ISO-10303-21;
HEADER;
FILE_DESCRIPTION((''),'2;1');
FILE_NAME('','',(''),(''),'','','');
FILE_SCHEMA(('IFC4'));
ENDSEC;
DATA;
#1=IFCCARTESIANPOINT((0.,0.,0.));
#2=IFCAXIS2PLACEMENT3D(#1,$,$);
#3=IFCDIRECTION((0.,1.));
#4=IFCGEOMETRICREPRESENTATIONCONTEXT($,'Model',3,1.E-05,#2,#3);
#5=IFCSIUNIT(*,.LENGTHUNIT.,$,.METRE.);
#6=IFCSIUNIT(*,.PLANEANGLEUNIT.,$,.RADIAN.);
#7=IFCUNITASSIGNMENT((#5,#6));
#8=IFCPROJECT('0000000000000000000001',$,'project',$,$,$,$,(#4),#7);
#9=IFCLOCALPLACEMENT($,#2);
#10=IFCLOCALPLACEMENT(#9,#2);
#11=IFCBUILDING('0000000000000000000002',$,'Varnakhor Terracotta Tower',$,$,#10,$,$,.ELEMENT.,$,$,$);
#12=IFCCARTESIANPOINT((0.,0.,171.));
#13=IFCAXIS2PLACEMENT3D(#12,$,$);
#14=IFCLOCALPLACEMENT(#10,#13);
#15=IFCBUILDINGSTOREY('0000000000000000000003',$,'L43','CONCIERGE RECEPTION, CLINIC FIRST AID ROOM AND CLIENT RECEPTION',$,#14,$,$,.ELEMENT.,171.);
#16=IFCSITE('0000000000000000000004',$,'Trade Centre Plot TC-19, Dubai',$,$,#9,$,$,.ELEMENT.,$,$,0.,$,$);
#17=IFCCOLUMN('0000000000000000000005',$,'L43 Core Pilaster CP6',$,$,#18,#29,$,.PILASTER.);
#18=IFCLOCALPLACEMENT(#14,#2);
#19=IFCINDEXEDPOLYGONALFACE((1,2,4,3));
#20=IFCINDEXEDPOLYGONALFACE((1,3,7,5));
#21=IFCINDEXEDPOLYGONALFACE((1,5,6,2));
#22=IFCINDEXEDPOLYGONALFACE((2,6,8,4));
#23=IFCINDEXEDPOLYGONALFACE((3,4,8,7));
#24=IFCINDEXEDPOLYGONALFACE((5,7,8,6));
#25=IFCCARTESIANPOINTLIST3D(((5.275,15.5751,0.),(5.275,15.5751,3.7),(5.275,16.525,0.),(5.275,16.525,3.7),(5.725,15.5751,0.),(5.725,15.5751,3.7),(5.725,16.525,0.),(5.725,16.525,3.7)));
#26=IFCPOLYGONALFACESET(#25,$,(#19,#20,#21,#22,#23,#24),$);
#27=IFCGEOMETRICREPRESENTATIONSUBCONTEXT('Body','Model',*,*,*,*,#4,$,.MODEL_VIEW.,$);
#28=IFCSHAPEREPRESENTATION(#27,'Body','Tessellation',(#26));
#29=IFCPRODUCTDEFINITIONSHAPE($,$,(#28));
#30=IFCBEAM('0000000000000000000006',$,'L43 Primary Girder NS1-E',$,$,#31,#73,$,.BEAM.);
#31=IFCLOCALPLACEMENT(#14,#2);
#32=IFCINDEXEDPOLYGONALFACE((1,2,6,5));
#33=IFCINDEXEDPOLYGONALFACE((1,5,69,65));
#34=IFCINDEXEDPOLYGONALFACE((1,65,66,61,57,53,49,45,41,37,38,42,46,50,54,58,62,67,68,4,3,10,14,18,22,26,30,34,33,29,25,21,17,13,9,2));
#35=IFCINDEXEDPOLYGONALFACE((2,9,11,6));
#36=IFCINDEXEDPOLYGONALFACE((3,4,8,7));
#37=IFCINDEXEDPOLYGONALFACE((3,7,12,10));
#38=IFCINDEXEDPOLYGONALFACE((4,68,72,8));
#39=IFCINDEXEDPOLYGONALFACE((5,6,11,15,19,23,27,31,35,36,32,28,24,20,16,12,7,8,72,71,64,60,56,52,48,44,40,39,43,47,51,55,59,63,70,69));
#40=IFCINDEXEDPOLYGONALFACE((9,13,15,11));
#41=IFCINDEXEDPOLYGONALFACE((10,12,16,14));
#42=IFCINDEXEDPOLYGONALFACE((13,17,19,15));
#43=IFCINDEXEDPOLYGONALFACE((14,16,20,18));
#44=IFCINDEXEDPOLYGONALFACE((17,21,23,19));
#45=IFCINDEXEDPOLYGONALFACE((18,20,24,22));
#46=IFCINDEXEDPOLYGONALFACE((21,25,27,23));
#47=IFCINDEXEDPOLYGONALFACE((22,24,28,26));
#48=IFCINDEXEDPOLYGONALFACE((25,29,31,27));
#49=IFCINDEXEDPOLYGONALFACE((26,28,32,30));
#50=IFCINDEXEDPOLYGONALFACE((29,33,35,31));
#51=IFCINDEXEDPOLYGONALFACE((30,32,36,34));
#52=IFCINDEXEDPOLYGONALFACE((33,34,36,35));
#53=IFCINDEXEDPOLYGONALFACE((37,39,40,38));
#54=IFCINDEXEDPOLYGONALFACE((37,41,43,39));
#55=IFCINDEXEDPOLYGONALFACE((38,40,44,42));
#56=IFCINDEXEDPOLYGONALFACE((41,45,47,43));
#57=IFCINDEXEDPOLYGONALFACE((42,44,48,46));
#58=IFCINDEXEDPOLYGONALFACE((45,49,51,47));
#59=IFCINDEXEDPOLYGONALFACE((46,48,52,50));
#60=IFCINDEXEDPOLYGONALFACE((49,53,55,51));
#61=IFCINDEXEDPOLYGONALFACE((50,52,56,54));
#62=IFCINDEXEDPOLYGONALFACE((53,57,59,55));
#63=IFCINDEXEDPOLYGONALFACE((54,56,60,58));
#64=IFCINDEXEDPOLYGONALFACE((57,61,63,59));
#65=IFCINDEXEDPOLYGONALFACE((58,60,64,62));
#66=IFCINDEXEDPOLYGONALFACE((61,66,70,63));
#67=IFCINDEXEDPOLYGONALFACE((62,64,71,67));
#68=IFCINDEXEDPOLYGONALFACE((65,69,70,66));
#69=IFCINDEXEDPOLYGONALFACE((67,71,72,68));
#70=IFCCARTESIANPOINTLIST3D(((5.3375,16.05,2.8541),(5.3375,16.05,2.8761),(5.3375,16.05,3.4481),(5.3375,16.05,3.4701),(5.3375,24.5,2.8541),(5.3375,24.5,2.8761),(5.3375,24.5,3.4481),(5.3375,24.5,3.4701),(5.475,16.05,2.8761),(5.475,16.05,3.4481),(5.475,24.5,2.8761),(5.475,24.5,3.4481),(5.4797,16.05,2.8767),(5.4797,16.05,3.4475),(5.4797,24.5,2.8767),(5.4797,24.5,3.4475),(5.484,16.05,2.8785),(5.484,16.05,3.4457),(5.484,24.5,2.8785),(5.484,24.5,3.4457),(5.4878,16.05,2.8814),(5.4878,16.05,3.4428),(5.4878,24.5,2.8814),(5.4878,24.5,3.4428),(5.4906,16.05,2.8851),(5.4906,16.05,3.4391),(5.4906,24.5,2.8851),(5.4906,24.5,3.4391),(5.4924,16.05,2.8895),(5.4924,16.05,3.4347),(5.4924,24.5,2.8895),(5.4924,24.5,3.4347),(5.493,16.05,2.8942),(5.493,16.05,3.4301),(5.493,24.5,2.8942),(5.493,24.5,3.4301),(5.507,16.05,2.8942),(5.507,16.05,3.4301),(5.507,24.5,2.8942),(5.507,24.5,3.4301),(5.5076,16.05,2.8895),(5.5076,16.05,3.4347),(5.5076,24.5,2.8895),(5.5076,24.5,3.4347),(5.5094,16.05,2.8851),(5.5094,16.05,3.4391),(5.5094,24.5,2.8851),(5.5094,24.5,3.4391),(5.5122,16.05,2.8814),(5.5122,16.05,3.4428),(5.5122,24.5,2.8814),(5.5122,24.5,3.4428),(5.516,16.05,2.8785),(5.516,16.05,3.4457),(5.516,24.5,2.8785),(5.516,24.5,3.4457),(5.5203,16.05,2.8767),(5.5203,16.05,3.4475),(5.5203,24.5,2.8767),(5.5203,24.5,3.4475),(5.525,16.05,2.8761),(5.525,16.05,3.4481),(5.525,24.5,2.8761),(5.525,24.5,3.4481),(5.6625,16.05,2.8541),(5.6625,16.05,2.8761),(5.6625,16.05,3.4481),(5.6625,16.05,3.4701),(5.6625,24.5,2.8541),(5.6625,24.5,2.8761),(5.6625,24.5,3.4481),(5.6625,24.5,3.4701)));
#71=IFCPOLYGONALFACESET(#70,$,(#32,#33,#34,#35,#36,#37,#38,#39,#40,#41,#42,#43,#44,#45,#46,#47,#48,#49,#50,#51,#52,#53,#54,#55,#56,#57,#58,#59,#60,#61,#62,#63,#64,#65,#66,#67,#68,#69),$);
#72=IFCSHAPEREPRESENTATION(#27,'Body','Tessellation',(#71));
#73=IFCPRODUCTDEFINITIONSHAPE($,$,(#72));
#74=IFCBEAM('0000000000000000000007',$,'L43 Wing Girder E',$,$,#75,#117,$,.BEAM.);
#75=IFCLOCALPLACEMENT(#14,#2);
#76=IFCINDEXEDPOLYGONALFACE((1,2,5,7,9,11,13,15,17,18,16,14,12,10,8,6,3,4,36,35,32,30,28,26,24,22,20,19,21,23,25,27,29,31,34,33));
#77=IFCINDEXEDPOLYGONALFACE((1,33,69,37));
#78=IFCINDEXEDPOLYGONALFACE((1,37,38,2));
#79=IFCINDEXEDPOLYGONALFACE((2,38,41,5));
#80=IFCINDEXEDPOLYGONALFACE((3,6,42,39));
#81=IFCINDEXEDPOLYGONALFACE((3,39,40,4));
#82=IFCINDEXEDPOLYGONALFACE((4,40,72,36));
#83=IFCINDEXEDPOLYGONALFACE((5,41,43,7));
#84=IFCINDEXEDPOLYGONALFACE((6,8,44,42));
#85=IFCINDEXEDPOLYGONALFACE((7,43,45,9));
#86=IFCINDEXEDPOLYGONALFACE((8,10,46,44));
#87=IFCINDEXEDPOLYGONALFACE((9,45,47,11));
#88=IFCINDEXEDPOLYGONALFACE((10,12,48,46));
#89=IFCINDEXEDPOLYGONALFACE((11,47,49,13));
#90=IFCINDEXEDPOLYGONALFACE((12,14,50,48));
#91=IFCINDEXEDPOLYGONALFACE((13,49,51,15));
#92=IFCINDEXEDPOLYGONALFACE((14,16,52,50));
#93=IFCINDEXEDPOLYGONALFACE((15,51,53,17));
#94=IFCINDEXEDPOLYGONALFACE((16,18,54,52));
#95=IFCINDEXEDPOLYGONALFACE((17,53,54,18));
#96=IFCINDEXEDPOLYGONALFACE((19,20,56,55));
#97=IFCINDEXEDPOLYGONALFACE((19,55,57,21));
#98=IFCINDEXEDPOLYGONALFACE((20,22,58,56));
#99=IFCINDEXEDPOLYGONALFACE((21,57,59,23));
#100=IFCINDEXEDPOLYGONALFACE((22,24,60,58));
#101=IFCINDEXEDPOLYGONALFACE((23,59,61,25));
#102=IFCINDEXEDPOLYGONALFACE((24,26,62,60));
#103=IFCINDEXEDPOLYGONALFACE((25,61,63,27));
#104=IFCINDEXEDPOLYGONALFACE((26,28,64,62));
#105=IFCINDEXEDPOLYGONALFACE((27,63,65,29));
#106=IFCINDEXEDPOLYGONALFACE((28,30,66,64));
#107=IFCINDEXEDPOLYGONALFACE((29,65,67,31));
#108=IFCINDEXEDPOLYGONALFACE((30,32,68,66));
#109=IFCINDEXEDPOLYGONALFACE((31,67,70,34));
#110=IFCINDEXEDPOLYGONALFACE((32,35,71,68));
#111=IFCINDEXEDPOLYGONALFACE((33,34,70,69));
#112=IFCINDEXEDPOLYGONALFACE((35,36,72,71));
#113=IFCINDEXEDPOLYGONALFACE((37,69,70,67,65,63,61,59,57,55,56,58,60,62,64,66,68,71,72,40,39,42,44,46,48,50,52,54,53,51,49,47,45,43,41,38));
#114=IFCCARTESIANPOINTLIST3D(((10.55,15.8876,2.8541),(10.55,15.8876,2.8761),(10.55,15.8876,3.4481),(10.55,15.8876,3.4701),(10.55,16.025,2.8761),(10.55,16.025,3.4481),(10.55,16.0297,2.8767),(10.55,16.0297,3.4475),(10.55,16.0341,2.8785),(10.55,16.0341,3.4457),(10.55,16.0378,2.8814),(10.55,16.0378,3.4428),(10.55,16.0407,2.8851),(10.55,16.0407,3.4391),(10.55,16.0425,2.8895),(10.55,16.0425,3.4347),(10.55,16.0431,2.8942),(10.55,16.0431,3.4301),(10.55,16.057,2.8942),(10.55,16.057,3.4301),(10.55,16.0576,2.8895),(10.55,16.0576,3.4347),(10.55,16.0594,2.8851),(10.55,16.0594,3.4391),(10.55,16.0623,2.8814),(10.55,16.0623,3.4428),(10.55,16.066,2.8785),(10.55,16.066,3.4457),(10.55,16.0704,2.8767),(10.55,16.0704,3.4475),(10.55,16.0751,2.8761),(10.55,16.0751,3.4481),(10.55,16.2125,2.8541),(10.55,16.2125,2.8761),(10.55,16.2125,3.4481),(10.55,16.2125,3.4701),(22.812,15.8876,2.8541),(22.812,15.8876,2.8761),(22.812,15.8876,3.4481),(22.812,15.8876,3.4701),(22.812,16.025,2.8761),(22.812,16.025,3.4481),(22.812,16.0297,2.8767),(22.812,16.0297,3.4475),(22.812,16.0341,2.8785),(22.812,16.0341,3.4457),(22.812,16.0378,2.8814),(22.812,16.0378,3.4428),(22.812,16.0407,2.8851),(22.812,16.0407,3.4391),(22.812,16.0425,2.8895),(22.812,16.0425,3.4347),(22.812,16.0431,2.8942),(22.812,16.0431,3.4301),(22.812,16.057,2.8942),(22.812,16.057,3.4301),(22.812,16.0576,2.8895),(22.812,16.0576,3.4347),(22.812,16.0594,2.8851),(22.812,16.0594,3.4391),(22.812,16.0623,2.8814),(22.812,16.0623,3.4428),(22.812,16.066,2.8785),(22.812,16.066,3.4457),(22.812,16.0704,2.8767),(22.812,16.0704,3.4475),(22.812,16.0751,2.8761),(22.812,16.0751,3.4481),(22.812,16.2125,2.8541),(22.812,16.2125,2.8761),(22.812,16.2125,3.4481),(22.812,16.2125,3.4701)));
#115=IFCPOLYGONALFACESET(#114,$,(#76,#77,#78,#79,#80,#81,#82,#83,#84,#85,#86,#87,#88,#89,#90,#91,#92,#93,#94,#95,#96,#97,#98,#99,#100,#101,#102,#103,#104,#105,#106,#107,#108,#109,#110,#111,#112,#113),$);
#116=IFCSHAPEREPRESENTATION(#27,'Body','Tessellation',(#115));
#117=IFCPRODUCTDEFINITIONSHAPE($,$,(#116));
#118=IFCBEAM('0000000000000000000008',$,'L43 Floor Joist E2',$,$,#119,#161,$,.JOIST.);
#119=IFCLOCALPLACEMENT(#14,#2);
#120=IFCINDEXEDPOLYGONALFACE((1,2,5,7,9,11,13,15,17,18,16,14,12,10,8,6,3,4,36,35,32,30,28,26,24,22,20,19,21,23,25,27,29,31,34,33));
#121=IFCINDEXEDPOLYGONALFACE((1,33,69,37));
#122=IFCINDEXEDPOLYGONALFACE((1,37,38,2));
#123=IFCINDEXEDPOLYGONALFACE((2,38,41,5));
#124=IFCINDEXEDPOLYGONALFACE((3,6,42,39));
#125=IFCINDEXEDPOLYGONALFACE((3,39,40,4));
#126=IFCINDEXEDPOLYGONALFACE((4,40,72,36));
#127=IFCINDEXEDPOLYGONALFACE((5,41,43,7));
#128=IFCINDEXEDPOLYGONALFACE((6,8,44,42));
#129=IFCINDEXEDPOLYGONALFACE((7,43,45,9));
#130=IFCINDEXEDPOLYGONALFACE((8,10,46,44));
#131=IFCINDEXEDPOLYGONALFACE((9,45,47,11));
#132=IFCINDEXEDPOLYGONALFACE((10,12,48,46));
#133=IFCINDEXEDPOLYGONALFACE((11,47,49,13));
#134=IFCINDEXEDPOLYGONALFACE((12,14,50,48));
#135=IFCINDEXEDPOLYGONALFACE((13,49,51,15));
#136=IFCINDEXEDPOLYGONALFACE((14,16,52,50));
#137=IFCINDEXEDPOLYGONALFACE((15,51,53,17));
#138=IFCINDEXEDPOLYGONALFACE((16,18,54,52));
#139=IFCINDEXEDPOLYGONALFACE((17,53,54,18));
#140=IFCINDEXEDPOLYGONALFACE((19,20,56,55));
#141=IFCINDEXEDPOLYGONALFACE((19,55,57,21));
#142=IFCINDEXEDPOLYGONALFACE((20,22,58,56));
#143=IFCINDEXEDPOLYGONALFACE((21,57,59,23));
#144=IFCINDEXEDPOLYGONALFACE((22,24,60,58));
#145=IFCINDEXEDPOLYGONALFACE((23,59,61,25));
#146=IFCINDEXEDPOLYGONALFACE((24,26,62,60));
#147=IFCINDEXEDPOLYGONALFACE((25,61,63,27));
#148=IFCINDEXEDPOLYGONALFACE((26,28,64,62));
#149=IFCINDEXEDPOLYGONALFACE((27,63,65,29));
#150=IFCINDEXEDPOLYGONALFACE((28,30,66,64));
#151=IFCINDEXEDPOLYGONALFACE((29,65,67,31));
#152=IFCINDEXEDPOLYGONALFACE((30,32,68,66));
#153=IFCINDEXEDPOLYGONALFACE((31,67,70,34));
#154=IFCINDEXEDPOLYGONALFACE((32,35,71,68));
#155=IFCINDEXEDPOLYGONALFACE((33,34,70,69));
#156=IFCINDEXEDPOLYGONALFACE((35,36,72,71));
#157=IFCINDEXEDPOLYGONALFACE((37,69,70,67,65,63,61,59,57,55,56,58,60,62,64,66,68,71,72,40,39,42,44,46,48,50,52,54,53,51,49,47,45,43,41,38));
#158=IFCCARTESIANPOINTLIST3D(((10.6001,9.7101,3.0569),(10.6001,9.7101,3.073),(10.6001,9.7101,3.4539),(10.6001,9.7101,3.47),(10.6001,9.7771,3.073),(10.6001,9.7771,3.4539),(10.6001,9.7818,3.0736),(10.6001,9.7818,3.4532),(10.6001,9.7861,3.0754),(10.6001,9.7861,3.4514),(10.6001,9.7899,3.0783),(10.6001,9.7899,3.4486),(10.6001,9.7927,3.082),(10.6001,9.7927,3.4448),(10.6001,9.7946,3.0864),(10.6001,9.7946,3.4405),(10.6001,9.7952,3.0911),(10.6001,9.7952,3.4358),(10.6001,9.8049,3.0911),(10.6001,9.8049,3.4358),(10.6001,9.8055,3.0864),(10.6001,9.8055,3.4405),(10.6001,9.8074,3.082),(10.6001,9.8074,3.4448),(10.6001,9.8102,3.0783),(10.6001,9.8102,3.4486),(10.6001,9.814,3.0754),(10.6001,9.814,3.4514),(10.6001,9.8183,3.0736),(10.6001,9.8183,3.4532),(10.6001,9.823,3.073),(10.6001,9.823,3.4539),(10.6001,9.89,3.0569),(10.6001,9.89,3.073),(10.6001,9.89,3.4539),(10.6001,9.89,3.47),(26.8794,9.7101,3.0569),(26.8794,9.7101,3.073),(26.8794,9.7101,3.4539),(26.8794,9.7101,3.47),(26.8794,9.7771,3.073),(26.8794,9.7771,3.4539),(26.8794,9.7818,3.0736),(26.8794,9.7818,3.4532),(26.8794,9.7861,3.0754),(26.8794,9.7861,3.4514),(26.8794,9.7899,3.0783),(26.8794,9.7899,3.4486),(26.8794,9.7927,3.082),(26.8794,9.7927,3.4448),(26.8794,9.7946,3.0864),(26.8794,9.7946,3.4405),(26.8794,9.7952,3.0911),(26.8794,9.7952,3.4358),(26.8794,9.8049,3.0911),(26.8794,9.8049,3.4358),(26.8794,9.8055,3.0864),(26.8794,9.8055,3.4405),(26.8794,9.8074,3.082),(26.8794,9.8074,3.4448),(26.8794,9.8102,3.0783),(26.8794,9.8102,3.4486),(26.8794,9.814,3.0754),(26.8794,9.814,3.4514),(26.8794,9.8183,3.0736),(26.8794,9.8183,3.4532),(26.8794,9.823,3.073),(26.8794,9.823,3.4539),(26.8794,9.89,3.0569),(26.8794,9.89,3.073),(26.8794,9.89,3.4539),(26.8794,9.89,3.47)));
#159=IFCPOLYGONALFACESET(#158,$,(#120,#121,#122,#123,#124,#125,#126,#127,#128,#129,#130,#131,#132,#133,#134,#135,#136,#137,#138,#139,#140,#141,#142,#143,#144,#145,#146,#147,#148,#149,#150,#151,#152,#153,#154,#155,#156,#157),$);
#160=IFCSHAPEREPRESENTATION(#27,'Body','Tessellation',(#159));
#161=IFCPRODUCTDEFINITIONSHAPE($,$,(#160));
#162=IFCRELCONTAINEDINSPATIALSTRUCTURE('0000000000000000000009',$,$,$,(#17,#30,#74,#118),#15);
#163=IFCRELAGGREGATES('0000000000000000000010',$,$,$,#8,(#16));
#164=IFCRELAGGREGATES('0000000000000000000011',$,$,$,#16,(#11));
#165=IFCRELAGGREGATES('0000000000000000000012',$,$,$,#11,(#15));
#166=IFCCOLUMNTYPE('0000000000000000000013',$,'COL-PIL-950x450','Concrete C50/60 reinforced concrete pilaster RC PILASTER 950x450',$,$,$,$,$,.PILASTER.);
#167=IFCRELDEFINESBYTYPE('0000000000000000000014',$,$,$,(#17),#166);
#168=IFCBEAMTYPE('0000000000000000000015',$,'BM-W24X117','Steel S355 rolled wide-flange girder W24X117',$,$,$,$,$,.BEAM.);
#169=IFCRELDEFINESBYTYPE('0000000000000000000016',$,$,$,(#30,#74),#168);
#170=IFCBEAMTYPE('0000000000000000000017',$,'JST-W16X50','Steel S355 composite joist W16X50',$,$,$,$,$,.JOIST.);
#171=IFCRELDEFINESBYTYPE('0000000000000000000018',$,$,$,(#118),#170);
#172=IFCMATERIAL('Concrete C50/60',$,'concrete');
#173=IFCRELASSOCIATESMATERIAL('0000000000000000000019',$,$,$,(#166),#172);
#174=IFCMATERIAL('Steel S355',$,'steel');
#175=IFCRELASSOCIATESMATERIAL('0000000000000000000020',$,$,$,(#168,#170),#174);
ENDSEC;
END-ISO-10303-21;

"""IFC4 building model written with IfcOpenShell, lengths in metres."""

from ifc_helpers import new_model, si_unit, direction, frame, origin, origin_2d, place, context, subcontext, project, spatial, rectangle, i_section, extrude, source, transform, mapped, material, material_profile, profile_set, type_object, type_shapes, element, save


model = new_model("IFC4")

# Units and contexts
model_context = context("Model", 3, precision=1e-05, world=origin(), true_north=direction((0.0, 1.0)))
body_context = subcontext(model_context, "Body", "Model", "MODEL_VIEW")
ifc_project = project(units=[si_unit("LENGTHUNIT", "METRE"), si_unit("PLANEANGLEUNIT", "RADIAN")], contexts=[model_context])

# Site, building, storey
site_placement = place(None, origin())
site = spatial("IfcSite", under=ifc_project, at=site_placement, Name="Trade Centre Plot TC-19, Dubai", CompositionType="ELEMENT", RefElevation=0.0)
building_placement = place(site_placement, origin())
building = spatial("IfcBuilding", under=site, at=building_placement, Name="Varnakhor Terracotta Tower", CompositionType="ELEMENT")
storey_placement = place(building_placement, frame((0.0, 0.0, 171.0)))
storey = spatial("IfcBuildingStorey", under=building, at=storey_placement, Name="L43", Description="CONCIERGE RECEPTION, CLINIC FIRST AID ROOM AND CLIENT RECEPTION", CompositionType="ELEMENT", Elevation=171.0)

# Column
ifc_material_1 = material(Name="Concrete C50/60", Category="concrete")
ifc_material_profile_1 = material_profile(ifc_material_1, rectangle(XDim=0.45, YDim=0.95, at=origin_2d()), Name="RC PILASTER 950x450")
ifc_profile_set_1 = profile_set([ifc_material_profile_1], Name="Concrete C50/60")
column_type = type_object("IfcColumnType", Name="COL-PIL-950x450", Description="Concrete C50/60 reinforced concrete pilaster RC PILASTER 950x450", PredefinedType="PILASTER", material=ifc_profile_set_1)
shared_shape_1 = source(origin(), body_context, "Body", "SweptSolid", [
    extrude(rectangle(XDim=0.45, YDim=0.95, at=origin_2d()), origin(), (0.0, 0.0, 1.0), 3.7),
])
column_placement = place(storey_placement, frame((5.5, 16.05, 0.0), z_axis=(0.0, 0.0, 1.0), x_axis=(1.0, 0.0, 0.0)))
element("IfcColumn", 1, at=column_placement, inside=storey, type_object=column_type, Name="L43 Core Pilaster CP6", PredefinedType="PILASTER", context=body_context, shape_type="MappedRepresentation", body=[
    mapped(shared_shape_1, transform((0.0, 0.0, 0.0), scale=1.0)),
])

# Beams
ifc_material_2 = material(Name="Steel S355", Category="steel")
ifc_material_profile_2 = material_profile(ifc_material_2, i_section(OverallWidth=0.325, OverallDepth=0.616, WebThickness=0.0139, FlangeThickness=0.022, FilletRadius=0.0181, at=origin_2d()), Name="W24X117")
ifc_profile_set_2 = profile_set([ifc_material_profile_2], Name="Steel S355")
beam_type_1 = type_object("IfcBeamType", Name="BM-W24X117", Description="Steel S355 rolled wide-flange girder W24X117", PredefinedType="BEAM", material=ifc_profile_set_2)
shared_shape_2 = source(origin(), body_context, "Body", "SweptSolid", [
    extrude(i_section(OverallWidth=0.325, OverallDepth=0.616, WebThickness=0.0139, FlangeThickness=0.022, FilletRadius=0.0181, at=origin_2d()), origin(), (0.0, 0.0, 1.0), 8.45),
])
type_shapes(beam_type_1, [shared_shape_2])
beam_1_placement = place(storey_placement, frame((5.5, 16.05, 3.1621), z_axis=(0.0, 1.0, 0.0), x_axis=(-1.0, 0.0, 0.0)))
element("IfcBeam", 2, at=beam_1_placement, inside=storey, type_object=beam_type_1, Name="L43 Primary Girder NS1-E", PredefinedType="BEAM", context=body_context, shape_type="MappedRepresentation", body=[
    mapped(shared_shape_2, transform((0.0, 0.0, 0.0), scale=1.0)),
])
shared_shape_3 = source(origin(), body_context, "Body", "SweptSolid", [
    extrude(i_section(OverallWidth=0.325, OverallDepth=0.616, WebThickness=0.0139, FlangeThickness=0.022, FilletRadius=0.0181, at=origin_2d()), origin(), (0.0, 0.0, 1.0), 12.262),
])
beam_2_placement = place(storey_placement, frame((10.55, 16.05, 3.1621), z_axis=(1.0, 0.0, 0.0), x_axis=(0.0, 1.0, 0.0)))
element("IfcBeam", 3, at=beam_2_placement, inside=storey, type_object=beam_type_1, Name="L43 Wing Girder E", PredefinedType="BEAM", context=body_context, shape_type="MappedRepresentation", body=[
    mapped(shared_shape_3, transform((0.0, 0.0, 0.0), scale=1.0)),
])
ifc_material_profile_3 = material_profile(ifc_material_2, i_section(OverallWidth=0.1799, OverallDepth=0.4131, WebThickness=0.0098, FlangeThickness=0.0161, FilletRadius=0.0181, at=origin_2d()), Name="W16X50")
ifc_profile_set_3 = profile_set([ifc_material_profile_3], Name="Steel S355")
beam_type_2 = type_object("IfcBeamType", Name="JST-W16X50", Description="Steel S355 composite joist W16X50", PredefinedType="JOIST", material=ifc_profile_set_3)
shared_shape_4 = source(origin(), body_context, "Body", "SweptSolid", [
    extrude(i_section(OverallWidth=0.1799, OverallDepth=0.4131, WebThickness=0.0098, FlangeThickness=0.0161, FilletRadius=0.0181, at=origin_2d()), origin(), (0.0, 0.0, 1.0), 16.2793),
])
beam_3_placement = place(storey_placement, frame((10.6001, 9.8, 3.2634), z_axis=(1.0, 0.0, 0.0), x_axis=(0.0, 1.0, 0.0)))
element("IfcBeam", 4, at=beam_3_placement, inside=storey, type_object=beam_type_2, Name="L43 Floor Joist E2", PredefinedType="JOIST", context=body_context, shape_type="MappedRepresentation", body=[
    mapped(shared_shape_4, transform((0.0, 0.0, 0.0), scale=1.0)),
])

save(model, "model.ifc")
